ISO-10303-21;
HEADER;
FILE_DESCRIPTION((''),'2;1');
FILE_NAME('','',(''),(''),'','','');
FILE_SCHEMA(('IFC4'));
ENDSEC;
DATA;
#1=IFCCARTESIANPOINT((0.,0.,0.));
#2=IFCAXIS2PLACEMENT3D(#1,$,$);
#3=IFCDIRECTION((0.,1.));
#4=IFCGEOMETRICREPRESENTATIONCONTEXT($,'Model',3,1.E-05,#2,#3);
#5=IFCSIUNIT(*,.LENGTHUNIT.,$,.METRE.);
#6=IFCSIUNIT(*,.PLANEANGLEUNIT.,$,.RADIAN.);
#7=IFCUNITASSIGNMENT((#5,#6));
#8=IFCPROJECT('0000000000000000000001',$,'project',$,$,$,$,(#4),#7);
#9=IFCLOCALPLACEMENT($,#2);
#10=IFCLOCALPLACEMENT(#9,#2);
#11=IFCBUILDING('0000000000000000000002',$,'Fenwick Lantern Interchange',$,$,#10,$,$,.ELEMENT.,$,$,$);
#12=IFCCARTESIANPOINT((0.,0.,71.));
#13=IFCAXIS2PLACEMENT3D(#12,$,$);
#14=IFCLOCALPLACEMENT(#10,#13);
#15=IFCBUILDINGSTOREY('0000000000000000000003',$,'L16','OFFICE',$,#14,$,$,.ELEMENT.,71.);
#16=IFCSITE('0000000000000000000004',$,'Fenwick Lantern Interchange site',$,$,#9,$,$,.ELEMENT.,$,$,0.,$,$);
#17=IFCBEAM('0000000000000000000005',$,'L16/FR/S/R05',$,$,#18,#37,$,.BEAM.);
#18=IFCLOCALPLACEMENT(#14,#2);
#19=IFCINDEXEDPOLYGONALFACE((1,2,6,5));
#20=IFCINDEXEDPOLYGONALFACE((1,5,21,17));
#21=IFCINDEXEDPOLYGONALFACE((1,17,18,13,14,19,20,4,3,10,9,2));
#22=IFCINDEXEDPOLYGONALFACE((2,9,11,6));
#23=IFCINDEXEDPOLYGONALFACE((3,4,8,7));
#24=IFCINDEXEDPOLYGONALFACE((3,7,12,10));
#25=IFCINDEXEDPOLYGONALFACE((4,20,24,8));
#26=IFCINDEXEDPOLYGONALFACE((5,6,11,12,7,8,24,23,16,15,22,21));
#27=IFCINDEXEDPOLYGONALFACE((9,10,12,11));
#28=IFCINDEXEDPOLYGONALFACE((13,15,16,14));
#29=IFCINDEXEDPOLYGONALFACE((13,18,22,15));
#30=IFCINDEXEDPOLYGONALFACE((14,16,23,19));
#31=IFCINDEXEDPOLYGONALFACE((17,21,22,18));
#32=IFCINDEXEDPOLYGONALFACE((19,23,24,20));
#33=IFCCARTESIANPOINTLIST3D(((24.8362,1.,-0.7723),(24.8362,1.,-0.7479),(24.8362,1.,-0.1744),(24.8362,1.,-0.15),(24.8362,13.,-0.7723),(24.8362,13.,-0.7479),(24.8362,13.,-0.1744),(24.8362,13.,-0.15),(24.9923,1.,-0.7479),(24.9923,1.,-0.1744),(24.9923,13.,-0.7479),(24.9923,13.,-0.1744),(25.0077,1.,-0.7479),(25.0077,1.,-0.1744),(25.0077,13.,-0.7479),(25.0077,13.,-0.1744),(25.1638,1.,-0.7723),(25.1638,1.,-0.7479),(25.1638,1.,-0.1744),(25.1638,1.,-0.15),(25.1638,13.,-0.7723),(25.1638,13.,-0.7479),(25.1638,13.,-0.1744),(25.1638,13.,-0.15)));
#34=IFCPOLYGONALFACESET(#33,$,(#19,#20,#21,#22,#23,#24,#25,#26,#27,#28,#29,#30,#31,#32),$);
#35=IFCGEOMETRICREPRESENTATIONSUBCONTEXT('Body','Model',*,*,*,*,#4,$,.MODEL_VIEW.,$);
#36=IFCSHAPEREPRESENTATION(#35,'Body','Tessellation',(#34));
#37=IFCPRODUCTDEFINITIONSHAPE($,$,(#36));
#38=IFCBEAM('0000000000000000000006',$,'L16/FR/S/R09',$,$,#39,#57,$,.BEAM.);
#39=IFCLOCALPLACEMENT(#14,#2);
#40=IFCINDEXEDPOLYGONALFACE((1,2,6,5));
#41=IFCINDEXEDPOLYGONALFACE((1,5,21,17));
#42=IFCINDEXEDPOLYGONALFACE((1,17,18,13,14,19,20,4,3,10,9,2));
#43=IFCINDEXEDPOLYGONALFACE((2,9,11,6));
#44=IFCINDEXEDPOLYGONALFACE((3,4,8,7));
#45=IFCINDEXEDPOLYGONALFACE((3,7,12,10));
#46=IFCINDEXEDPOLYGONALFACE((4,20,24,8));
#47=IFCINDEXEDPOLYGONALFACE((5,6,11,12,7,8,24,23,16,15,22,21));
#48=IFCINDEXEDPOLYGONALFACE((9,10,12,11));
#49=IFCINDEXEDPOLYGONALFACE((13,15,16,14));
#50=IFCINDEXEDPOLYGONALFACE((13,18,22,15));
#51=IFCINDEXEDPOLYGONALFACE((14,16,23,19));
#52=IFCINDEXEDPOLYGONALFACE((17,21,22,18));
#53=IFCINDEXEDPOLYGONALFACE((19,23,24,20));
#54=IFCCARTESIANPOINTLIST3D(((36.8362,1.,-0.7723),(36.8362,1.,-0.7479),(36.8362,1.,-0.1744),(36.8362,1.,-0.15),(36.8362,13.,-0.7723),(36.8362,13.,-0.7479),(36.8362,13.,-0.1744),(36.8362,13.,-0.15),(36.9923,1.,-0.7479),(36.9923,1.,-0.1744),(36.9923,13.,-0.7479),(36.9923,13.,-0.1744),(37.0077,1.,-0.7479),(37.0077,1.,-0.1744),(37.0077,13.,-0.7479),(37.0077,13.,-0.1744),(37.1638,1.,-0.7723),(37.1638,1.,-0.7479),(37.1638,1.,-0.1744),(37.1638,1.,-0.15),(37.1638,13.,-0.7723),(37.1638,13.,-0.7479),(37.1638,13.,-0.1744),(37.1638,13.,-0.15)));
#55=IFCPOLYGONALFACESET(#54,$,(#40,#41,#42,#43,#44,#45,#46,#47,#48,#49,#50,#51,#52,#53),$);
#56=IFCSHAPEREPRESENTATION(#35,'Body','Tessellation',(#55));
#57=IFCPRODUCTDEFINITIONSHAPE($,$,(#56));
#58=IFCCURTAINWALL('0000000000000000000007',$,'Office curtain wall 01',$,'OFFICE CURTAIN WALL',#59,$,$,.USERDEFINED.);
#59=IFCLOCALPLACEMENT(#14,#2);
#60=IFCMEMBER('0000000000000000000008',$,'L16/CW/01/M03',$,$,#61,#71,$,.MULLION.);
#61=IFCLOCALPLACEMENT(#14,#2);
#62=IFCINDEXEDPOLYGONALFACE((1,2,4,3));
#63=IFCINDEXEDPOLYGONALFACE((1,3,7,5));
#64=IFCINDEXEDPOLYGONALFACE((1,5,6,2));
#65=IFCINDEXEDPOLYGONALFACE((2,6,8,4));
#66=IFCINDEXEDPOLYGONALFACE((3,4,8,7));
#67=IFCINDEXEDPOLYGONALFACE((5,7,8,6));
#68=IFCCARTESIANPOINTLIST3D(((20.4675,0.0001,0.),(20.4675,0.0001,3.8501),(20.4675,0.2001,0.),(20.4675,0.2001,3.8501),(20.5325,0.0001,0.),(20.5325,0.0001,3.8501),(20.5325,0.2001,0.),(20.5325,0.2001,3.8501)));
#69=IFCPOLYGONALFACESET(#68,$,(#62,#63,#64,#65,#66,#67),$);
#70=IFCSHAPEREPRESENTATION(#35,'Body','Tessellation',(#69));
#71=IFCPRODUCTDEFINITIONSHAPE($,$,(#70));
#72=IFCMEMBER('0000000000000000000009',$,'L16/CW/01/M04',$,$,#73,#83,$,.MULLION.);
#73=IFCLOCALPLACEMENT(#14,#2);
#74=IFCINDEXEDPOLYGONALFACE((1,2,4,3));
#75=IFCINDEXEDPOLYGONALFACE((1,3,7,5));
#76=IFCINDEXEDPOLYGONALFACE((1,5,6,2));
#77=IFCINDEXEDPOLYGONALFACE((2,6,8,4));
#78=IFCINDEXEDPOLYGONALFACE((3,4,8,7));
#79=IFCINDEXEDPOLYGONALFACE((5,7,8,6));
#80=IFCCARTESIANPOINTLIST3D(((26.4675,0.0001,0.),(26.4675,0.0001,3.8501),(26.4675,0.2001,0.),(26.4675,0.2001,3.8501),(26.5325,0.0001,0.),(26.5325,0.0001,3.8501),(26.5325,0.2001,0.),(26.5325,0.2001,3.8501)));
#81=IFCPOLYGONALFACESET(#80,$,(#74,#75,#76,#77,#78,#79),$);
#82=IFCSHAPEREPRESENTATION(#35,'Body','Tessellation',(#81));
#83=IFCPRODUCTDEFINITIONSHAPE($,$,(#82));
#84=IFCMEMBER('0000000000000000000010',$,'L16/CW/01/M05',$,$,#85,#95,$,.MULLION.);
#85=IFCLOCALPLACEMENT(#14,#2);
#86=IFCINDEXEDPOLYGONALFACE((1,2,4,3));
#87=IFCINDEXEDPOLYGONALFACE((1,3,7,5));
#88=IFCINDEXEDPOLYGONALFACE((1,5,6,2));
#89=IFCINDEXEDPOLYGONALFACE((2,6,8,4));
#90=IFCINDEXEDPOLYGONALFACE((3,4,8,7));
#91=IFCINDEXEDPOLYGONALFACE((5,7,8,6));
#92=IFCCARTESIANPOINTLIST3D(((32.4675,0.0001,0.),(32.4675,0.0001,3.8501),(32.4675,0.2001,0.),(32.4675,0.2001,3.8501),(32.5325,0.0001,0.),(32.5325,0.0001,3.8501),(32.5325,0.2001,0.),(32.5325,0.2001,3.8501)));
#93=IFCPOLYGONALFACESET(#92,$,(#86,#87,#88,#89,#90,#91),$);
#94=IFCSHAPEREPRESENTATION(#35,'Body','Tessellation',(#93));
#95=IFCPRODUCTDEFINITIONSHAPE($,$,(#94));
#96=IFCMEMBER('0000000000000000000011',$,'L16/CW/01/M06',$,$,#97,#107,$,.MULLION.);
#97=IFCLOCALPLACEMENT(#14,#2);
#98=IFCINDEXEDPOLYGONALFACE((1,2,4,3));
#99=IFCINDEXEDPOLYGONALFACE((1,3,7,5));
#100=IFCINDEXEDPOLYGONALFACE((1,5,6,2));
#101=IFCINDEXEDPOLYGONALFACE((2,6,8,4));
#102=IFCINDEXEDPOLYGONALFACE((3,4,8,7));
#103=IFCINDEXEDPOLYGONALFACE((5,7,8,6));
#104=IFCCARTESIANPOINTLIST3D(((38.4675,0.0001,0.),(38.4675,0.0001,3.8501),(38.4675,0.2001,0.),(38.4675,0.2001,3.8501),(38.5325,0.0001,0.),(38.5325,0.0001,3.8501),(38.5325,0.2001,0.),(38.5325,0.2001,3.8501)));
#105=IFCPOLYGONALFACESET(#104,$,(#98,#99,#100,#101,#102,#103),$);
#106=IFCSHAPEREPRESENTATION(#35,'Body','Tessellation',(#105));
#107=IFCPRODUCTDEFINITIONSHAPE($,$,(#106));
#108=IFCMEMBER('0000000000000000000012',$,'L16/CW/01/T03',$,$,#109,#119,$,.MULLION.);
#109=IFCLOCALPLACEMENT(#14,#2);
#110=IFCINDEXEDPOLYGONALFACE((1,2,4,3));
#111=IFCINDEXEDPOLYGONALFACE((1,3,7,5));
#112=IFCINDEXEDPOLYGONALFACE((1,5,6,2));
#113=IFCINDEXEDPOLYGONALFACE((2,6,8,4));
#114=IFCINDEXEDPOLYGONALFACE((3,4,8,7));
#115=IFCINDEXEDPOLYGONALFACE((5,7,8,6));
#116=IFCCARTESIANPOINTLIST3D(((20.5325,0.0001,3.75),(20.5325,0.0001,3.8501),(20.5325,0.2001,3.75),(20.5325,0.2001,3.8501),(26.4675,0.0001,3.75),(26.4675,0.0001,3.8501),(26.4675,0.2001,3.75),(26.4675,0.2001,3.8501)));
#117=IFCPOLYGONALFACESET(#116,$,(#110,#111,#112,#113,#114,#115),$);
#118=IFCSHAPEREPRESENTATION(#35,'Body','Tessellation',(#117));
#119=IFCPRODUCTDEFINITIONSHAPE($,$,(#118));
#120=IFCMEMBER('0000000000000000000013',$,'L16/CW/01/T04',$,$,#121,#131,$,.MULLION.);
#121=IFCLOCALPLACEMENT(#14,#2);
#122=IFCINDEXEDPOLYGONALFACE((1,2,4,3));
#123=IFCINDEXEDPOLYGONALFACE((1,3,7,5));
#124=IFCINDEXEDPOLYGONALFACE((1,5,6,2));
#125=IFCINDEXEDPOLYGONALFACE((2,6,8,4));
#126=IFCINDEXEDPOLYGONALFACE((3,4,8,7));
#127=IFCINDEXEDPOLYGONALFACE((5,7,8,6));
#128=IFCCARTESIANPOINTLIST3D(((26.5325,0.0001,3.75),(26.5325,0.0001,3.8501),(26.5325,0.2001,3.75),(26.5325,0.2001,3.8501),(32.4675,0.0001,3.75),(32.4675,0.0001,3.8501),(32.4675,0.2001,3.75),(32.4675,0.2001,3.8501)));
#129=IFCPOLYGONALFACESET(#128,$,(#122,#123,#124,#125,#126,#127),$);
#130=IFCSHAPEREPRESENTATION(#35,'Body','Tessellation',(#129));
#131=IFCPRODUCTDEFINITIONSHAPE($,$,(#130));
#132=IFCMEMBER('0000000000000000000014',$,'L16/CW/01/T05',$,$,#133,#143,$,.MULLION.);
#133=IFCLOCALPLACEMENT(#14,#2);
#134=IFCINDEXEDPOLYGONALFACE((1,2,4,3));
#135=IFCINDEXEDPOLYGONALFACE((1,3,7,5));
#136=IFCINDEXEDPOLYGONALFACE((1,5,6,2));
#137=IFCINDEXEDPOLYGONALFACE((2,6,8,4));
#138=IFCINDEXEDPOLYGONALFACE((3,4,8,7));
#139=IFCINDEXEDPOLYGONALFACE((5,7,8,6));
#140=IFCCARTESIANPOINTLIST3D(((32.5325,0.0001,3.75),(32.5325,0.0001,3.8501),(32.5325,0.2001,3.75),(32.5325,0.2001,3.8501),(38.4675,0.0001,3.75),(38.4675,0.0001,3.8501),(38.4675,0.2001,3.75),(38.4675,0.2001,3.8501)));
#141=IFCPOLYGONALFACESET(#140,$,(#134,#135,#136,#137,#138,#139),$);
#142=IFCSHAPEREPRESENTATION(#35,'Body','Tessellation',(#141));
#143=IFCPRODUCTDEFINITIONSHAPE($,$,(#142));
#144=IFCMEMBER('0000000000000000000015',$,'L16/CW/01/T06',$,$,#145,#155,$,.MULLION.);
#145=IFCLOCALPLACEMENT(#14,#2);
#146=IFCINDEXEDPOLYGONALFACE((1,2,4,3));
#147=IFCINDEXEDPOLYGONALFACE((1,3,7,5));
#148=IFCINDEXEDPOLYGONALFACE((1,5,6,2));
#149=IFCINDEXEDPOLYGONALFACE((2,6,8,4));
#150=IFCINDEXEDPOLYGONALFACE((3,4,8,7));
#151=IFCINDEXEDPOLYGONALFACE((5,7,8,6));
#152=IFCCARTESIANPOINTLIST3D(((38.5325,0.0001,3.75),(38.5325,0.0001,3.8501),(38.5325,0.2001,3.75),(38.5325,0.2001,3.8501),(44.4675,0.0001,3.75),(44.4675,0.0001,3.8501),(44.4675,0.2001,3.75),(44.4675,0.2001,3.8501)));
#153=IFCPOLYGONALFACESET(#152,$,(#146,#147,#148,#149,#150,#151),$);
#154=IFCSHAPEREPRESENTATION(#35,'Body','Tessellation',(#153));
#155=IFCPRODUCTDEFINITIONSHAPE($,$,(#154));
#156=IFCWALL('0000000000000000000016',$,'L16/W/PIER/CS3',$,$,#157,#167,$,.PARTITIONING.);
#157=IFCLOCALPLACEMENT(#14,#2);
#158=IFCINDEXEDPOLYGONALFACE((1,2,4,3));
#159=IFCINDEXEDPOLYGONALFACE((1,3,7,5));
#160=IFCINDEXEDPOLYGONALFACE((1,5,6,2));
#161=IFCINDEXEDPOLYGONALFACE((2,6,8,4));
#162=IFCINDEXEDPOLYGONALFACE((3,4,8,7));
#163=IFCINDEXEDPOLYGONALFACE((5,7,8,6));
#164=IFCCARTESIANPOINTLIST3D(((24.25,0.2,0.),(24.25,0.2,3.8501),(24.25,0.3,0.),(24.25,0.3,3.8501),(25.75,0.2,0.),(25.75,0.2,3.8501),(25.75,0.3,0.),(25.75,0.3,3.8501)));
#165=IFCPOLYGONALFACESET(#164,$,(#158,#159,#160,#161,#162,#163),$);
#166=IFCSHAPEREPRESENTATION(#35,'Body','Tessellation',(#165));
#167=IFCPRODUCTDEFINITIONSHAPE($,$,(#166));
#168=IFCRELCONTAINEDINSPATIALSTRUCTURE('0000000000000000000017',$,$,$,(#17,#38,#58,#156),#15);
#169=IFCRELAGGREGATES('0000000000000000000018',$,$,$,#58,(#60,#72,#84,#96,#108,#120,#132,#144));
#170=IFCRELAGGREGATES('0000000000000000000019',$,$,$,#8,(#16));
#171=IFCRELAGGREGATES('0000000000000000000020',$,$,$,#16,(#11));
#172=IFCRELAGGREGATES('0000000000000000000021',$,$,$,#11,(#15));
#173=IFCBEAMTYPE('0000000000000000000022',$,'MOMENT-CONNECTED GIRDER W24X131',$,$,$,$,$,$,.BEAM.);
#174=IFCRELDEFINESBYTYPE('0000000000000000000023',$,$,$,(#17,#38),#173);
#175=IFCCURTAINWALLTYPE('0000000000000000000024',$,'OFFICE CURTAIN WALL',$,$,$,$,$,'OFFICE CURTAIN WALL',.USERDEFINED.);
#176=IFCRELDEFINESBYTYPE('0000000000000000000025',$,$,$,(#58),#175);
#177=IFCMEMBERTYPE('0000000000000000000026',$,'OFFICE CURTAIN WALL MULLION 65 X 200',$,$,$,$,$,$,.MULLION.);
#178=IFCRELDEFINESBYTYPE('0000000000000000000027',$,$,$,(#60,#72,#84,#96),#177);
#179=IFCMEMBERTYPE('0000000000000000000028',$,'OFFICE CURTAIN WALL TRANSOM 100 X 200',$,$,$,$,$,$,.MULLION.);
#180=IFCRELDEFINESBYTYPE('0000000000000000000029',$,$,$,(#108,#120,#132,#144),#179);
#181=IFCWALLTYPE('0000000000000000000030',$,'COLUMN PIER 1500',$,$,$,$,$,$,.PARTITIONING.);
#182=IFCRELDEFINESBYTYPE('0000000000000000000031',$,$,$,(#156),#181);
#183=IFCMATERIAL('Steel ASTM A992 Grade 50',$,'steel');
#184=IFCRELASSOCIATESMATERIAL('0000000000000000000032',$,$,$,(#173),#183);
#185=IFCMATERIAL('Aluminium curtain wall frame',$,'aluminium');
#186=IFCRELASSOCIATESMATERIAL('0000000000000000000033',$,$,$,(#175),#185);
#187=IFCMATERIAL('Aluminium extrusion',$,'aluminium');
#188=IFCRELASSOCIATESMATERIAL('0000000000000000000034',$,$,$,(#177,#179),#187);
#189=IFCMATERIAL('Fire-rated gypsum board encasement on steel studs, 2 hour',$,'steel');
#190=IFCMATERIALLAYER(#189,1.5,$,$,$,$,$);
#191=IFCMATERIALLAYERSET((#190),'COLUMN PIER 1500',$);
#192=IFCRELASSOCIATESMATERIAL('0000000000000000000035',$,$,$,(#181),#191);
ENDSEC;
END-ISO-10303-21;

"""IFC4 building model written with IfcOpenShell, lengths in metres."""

from ifc_helpers import new_model, si_unit, direction, frame, frame_2d, origin, origin_2d, place, context, subcontext, project, spatial, rectangle, i_section, extrude, material, layer, layer_set, material_profile, profile_set, type_object, element, aggregate, save


model = new_model("IFC4")

# Units and contexts
model_context = context("Model", 3, precision=1e-05, world=origin(), true_north=direction((0.0, 1.0)))
body_context = subcontext(model_context, "Body", "Model", "MODEL_VIEW")
ifc_project = project(units=[si_unit("LENGTHUNIT", "METRE"), si_unit("PLANEANGLEUNIT", "RADIAN")], contexts=[model_context])

# Site, building, storey
site_placement = place(None, origin())
site = spatial("IfcSite", under=ifc_project, at=site_placement, Name="Fenwick Lantern Interchange site", CompositionType="ELEMENT", RefElevation=0.0)
building_placement = place(site_placement, origin())
building = spatial("IfcBuilding", under=site, at=building_placement, Name="Fenwick Lantern Interchange", CompositionType="ELEMENT")
storey_placement = place(building_placement, frame((0.0, 0.0, 71.0)))
storey = spatial("IfcBuildingStorey", under=building, at=storey_placement, Name="L16", Description="OFFICE", CompositionType="ELEMENT", Elevation=71.0)

# Beams
ifc_material_1 = material(Name="Steel ASTM A992 Grade 50", Category="steel")
ifc_material_profile_1 = material_profile(ifc_material_1, i_section(OverallWidth=0.3276, OverallDepth=0.6223, WebThickness=0.0154, FlangeThickness=0.0244, at=origin_2d()), Name="W24X131")
ifc_profile_set_1 = profile_set([ifc_material_profile_1], Name="Steel ASTM A992 Grade 50")
beam_type_1 = type_object("IfcBeamType", Name="MOMENT-CONNECTED GIRDER W24X131", PredefinedType="BEAM", material=ifc_profile_set_1)
for number, where, z_axis, x_axis, name in (
    (1, (25.0, 1.0, -0.4612), (0.0, 1.0, 0.0), (-1.0, 0.0, 0.0), "L16/FR/S/R05"),
    (2, (37.0, 1.0, -0.4612), (0.0, 1.0, 0.0), (-1.0, 0.0, 0.0), "L16/FR/S/R09"),
):
    element("IfcBeam", number, at=place(storey_placement, frame(where, z_axis=z_axis, x_axis=x_axis)), inside=storey, type_object=beam_type_1, Name=name, PredefinedType="BEAM", context=body_context, shape_type="SweptSolid", body=[
        extrude(i_section(OverallWidth=0.3276, OverallDepth=0.6223, WebThickness=0.0154, FlangeThickness=0.0244, at=origin_2d()), origin(), (0.0, 0.0, 1.0), 12.0),
    ])

# Curtain wall, members
ifc_material_2 = material(Name="Aluminium curtain wall frame", Category="aluminium")
curtain_wall_type = type_object("IfcCurtainWallType", Name="OFFICE CURTAIN WALL", ElementType="OFFICE CURTAIN WALL", PredefinedType="USERDEFINED", material=ifc_material_2)
curtain_wall_placement = place(storey_placement, origin())
curtain_wall = element("IfcCurtainWall", 3, at=curtain_wall_placement, inside=storey, type_object=curtain_wall_type, Name="Office curtain wall 01", ObjectType="OFFICE CURTAIN WALL", PredefinedType="USERDEFINED")
ifc_material_3 = material(Name="Aluminium extrusion", Category="aluminium")
ifc_material_profile_2 = material_profile(ifc_material_3, rectangle(XDim=0.2, YDim=0.0649, at=origin_2d()), Name="OFFICE CURTAIN WALL MULLION 65 X 200")
ifc_profile_set_2 = profile_set([ifc_material_profile_2], Name="Aluminium extrusion")
member_type_1 = type_object("IfcMemberType", Name="OFFICE CURTAIN WALL MULLION 65 X 200", PredefinedType="MULLION", material=ifc_profile_set_2)
member_1_placement = place(storey_placement, frame((20.5, 0.1001, 0.0), z_axis=(0.0, 0.0, 1.0), x_axis=(0.0, 1.0, 0.0)))
member_1 = element("IfcMember", 4, at=member_1_placement, type_object=member_type_1, Name="L16/CW/01/M03", PredefinedType="MULLION", context=body_context, shape_type="SweptSolid", body=[
    extrude(rectangle(XDim=0.2, YDim=0.0649, at=origin_2d()), origin(), (0.0, 0.0, 1.0), 3.8501),
])
member_2_placement = place(storey_placement, frame((26.5, 0.1001, 0.0), z_axis=(0.0, 0.0, 1.0), x_axis=(0.0, 1.0, 0.0)))
member_2 = element("IfcMember", 5, at=member_2_placement, type_object=member_type_1, Name="L16/CW/01/M04", PredefinedType="MULLION", context=body_context, shape_type="SweptSolid", body=[
    extrude(rectangle(XDim=0.2, YDim=0.0649, at=origin_2d()), origin(), (0.0, 0.0, 1.0), 3.8501),
])
member_3_placement = place(storey_placement, frame((32.5, 0.1001, 0.0), z_axis=(0.0, 0.0, 1.0), x_axis=(0.0, 1.0, 0.0)))
member_3 = element("IfcMember", 6, at=member_3_placement, type_object=member_type_1, Name="L16/CW/01/M05", PredefinedType="MULLION", context=body_context, shape_type="SweptSolid", body=[
    extrude(rectangle(XDim=0.2, YDim=0.0649, at=origin_2d()), origin(), (0.0, 0.0, 1.0), 3.8501),
])
member_4_placement = place(storey_placement, frame((38.5, 0.1001, 0.0), z_axis=(0.0, 0.0, 1.0), x_axis=(0.0, 1.0, 0.0)))
member_4 = element("IfcMember", 7, at=member_4_placement, type_object=member_type_1, Name="L16/CW/01/M06", PredefinedType="MULLION", context=body_context, shape_type="SweptSolid", body=[
    extrude(rectangle(XDim=0.2, YDim=0.0649, at=origin_2d()), origin(), (0.0, 0.0, 1.0), 3.8501),
])
ifc_material_profile_3 = material_profile(ifc_material_3, rectangle(XDim=0.2, YDim=0.1001, at=origin_2d()), Name="OFFICE CURTAIN WALL TRANSOM 100 X 200")
ifc_profile_set_3 = profile_set([ifc_material_profile_3], Name="Aluminium extrusion")
member_type_2 = type_object("IfcMemberType", Name="OFFICE CURTAIN WALL TRANSOM 100 X 200", PredefinedType="MULLION", material=ifc_profile_set_3)
member_5_placement = place(storey_placement, frame((20.5325, 0.1001, 3.8), z_axis=(1.0, 0.0, 0.0), x_axis=(0.0, 1.0, 0.0)))
member_5 = element("IfcMember", 8, at=member_5_placement, type_object=member_type_2, Name="L16/CW/01/T03", PredefinedType="MULLION", context=body_context, shape_type="SweptSolid", body=[
    extrude(rectangle(XDim=0.2, YDim=0.1001, at=origin_2d()), origin(), (0.0, 0.0, 1.0), 5.9351),
])
member_6_placement = place(storey_placement, frame((26.5325, 0.1001, 3.8), z_axis=(1.0, 0.0, 0.0), x_axis=(0.0, 1.0, 0.0)))
member_6 = element("IfcMember", 9, at=member_6_placement, type_object=member_type_2, Name="L16/CW/01/T04", PredefinedType="MULLION", context=body_context, shape_type="SweptSolid", body=[
    extrude(rectangle(XDim=0.2, YDim=0.1001, at=origin_2d()), origin(), (0.0, 0.0, 1.0), 5.9351),
])
member_7_placement = place(storey_placement, frame((32.5325, 0.1001, 3.8), z_axis=(1.0, 0.0, 0.0), x_axis=(0.0, 1.0, 0.0)))
member_7 = element("IfcMember", 10, at=member_7_placement, type_object=member_type_2, Name="L16/CW/01/T05", PredefinedType="MULLION", context=body_context, shape_type="SweptSolid", body=[
    extrude(rectangle(XDim=0.2, YDim=0.1001, at=origin_2d()), origin(), (0.0, 0.0, 1.0), 5.9351),
])
member_8_placement = place(storey_placement, frame((38.5325, 0.1001, 3.8), z_axis=(1.0, 0.0, 0.0), x_axis=(0.0, 1.0, 0.0)))
member_8 = element("IfcMember", 11, at=member_8_placement, type_object=member_type_2, Name="L16/CW/01/T06", PredefinedType="MULLION", context=body_context, shape_type="SweptSolid", body=[
    extrude(rectangle(XDim=0.2, YDim=0.1001, at=origin_2d()), origin(), (0.0, 0.0, 1.0), 5.9351),
])
aggregate(curtain_wall, [member_1, member_2, member_3, member_4, member_5, member_6, member_7, member_8])

# Wall
ifc_material_4 = material(Name="Fire-rated gypsum board encasement on steel studs, 2 hour", Category="steel")
ifc_layer_1 = layer(ifc_material_4, 1.5)
ifc_layer_set_1 = layer_set([ifc_layer_1], Name="COLUMN PIER 1500")
wall_type_1 = type_object("IfcWallType", Name="COLUMN PIER 1500", PredefinedType="PARTITIONING", material=ifc_layer_set_1)
wall_1_placement = place(storey_placement, frame((25.0, 0.2, 0.0), z_axis=(0.0, 0.0, 1.0), x_axis=(0.0, 1.0, 0.0)))
element("IfcWall", 12, at=wall_1_placement, inside=storey, type_object=wall_type_1, Name="L16/W/PIER/CS3", PredefinedType="PARTITIONING", context=body_context, shape_type="SweptSolid", body=[
    extrude(rectangle(XDim=0.1001, YDim=1.5, at=frame_2d((0.05, 0.0))), origin(), (0.0, 0.0, 1.0), 3.8501),
])

save(model, "model.ifc")
